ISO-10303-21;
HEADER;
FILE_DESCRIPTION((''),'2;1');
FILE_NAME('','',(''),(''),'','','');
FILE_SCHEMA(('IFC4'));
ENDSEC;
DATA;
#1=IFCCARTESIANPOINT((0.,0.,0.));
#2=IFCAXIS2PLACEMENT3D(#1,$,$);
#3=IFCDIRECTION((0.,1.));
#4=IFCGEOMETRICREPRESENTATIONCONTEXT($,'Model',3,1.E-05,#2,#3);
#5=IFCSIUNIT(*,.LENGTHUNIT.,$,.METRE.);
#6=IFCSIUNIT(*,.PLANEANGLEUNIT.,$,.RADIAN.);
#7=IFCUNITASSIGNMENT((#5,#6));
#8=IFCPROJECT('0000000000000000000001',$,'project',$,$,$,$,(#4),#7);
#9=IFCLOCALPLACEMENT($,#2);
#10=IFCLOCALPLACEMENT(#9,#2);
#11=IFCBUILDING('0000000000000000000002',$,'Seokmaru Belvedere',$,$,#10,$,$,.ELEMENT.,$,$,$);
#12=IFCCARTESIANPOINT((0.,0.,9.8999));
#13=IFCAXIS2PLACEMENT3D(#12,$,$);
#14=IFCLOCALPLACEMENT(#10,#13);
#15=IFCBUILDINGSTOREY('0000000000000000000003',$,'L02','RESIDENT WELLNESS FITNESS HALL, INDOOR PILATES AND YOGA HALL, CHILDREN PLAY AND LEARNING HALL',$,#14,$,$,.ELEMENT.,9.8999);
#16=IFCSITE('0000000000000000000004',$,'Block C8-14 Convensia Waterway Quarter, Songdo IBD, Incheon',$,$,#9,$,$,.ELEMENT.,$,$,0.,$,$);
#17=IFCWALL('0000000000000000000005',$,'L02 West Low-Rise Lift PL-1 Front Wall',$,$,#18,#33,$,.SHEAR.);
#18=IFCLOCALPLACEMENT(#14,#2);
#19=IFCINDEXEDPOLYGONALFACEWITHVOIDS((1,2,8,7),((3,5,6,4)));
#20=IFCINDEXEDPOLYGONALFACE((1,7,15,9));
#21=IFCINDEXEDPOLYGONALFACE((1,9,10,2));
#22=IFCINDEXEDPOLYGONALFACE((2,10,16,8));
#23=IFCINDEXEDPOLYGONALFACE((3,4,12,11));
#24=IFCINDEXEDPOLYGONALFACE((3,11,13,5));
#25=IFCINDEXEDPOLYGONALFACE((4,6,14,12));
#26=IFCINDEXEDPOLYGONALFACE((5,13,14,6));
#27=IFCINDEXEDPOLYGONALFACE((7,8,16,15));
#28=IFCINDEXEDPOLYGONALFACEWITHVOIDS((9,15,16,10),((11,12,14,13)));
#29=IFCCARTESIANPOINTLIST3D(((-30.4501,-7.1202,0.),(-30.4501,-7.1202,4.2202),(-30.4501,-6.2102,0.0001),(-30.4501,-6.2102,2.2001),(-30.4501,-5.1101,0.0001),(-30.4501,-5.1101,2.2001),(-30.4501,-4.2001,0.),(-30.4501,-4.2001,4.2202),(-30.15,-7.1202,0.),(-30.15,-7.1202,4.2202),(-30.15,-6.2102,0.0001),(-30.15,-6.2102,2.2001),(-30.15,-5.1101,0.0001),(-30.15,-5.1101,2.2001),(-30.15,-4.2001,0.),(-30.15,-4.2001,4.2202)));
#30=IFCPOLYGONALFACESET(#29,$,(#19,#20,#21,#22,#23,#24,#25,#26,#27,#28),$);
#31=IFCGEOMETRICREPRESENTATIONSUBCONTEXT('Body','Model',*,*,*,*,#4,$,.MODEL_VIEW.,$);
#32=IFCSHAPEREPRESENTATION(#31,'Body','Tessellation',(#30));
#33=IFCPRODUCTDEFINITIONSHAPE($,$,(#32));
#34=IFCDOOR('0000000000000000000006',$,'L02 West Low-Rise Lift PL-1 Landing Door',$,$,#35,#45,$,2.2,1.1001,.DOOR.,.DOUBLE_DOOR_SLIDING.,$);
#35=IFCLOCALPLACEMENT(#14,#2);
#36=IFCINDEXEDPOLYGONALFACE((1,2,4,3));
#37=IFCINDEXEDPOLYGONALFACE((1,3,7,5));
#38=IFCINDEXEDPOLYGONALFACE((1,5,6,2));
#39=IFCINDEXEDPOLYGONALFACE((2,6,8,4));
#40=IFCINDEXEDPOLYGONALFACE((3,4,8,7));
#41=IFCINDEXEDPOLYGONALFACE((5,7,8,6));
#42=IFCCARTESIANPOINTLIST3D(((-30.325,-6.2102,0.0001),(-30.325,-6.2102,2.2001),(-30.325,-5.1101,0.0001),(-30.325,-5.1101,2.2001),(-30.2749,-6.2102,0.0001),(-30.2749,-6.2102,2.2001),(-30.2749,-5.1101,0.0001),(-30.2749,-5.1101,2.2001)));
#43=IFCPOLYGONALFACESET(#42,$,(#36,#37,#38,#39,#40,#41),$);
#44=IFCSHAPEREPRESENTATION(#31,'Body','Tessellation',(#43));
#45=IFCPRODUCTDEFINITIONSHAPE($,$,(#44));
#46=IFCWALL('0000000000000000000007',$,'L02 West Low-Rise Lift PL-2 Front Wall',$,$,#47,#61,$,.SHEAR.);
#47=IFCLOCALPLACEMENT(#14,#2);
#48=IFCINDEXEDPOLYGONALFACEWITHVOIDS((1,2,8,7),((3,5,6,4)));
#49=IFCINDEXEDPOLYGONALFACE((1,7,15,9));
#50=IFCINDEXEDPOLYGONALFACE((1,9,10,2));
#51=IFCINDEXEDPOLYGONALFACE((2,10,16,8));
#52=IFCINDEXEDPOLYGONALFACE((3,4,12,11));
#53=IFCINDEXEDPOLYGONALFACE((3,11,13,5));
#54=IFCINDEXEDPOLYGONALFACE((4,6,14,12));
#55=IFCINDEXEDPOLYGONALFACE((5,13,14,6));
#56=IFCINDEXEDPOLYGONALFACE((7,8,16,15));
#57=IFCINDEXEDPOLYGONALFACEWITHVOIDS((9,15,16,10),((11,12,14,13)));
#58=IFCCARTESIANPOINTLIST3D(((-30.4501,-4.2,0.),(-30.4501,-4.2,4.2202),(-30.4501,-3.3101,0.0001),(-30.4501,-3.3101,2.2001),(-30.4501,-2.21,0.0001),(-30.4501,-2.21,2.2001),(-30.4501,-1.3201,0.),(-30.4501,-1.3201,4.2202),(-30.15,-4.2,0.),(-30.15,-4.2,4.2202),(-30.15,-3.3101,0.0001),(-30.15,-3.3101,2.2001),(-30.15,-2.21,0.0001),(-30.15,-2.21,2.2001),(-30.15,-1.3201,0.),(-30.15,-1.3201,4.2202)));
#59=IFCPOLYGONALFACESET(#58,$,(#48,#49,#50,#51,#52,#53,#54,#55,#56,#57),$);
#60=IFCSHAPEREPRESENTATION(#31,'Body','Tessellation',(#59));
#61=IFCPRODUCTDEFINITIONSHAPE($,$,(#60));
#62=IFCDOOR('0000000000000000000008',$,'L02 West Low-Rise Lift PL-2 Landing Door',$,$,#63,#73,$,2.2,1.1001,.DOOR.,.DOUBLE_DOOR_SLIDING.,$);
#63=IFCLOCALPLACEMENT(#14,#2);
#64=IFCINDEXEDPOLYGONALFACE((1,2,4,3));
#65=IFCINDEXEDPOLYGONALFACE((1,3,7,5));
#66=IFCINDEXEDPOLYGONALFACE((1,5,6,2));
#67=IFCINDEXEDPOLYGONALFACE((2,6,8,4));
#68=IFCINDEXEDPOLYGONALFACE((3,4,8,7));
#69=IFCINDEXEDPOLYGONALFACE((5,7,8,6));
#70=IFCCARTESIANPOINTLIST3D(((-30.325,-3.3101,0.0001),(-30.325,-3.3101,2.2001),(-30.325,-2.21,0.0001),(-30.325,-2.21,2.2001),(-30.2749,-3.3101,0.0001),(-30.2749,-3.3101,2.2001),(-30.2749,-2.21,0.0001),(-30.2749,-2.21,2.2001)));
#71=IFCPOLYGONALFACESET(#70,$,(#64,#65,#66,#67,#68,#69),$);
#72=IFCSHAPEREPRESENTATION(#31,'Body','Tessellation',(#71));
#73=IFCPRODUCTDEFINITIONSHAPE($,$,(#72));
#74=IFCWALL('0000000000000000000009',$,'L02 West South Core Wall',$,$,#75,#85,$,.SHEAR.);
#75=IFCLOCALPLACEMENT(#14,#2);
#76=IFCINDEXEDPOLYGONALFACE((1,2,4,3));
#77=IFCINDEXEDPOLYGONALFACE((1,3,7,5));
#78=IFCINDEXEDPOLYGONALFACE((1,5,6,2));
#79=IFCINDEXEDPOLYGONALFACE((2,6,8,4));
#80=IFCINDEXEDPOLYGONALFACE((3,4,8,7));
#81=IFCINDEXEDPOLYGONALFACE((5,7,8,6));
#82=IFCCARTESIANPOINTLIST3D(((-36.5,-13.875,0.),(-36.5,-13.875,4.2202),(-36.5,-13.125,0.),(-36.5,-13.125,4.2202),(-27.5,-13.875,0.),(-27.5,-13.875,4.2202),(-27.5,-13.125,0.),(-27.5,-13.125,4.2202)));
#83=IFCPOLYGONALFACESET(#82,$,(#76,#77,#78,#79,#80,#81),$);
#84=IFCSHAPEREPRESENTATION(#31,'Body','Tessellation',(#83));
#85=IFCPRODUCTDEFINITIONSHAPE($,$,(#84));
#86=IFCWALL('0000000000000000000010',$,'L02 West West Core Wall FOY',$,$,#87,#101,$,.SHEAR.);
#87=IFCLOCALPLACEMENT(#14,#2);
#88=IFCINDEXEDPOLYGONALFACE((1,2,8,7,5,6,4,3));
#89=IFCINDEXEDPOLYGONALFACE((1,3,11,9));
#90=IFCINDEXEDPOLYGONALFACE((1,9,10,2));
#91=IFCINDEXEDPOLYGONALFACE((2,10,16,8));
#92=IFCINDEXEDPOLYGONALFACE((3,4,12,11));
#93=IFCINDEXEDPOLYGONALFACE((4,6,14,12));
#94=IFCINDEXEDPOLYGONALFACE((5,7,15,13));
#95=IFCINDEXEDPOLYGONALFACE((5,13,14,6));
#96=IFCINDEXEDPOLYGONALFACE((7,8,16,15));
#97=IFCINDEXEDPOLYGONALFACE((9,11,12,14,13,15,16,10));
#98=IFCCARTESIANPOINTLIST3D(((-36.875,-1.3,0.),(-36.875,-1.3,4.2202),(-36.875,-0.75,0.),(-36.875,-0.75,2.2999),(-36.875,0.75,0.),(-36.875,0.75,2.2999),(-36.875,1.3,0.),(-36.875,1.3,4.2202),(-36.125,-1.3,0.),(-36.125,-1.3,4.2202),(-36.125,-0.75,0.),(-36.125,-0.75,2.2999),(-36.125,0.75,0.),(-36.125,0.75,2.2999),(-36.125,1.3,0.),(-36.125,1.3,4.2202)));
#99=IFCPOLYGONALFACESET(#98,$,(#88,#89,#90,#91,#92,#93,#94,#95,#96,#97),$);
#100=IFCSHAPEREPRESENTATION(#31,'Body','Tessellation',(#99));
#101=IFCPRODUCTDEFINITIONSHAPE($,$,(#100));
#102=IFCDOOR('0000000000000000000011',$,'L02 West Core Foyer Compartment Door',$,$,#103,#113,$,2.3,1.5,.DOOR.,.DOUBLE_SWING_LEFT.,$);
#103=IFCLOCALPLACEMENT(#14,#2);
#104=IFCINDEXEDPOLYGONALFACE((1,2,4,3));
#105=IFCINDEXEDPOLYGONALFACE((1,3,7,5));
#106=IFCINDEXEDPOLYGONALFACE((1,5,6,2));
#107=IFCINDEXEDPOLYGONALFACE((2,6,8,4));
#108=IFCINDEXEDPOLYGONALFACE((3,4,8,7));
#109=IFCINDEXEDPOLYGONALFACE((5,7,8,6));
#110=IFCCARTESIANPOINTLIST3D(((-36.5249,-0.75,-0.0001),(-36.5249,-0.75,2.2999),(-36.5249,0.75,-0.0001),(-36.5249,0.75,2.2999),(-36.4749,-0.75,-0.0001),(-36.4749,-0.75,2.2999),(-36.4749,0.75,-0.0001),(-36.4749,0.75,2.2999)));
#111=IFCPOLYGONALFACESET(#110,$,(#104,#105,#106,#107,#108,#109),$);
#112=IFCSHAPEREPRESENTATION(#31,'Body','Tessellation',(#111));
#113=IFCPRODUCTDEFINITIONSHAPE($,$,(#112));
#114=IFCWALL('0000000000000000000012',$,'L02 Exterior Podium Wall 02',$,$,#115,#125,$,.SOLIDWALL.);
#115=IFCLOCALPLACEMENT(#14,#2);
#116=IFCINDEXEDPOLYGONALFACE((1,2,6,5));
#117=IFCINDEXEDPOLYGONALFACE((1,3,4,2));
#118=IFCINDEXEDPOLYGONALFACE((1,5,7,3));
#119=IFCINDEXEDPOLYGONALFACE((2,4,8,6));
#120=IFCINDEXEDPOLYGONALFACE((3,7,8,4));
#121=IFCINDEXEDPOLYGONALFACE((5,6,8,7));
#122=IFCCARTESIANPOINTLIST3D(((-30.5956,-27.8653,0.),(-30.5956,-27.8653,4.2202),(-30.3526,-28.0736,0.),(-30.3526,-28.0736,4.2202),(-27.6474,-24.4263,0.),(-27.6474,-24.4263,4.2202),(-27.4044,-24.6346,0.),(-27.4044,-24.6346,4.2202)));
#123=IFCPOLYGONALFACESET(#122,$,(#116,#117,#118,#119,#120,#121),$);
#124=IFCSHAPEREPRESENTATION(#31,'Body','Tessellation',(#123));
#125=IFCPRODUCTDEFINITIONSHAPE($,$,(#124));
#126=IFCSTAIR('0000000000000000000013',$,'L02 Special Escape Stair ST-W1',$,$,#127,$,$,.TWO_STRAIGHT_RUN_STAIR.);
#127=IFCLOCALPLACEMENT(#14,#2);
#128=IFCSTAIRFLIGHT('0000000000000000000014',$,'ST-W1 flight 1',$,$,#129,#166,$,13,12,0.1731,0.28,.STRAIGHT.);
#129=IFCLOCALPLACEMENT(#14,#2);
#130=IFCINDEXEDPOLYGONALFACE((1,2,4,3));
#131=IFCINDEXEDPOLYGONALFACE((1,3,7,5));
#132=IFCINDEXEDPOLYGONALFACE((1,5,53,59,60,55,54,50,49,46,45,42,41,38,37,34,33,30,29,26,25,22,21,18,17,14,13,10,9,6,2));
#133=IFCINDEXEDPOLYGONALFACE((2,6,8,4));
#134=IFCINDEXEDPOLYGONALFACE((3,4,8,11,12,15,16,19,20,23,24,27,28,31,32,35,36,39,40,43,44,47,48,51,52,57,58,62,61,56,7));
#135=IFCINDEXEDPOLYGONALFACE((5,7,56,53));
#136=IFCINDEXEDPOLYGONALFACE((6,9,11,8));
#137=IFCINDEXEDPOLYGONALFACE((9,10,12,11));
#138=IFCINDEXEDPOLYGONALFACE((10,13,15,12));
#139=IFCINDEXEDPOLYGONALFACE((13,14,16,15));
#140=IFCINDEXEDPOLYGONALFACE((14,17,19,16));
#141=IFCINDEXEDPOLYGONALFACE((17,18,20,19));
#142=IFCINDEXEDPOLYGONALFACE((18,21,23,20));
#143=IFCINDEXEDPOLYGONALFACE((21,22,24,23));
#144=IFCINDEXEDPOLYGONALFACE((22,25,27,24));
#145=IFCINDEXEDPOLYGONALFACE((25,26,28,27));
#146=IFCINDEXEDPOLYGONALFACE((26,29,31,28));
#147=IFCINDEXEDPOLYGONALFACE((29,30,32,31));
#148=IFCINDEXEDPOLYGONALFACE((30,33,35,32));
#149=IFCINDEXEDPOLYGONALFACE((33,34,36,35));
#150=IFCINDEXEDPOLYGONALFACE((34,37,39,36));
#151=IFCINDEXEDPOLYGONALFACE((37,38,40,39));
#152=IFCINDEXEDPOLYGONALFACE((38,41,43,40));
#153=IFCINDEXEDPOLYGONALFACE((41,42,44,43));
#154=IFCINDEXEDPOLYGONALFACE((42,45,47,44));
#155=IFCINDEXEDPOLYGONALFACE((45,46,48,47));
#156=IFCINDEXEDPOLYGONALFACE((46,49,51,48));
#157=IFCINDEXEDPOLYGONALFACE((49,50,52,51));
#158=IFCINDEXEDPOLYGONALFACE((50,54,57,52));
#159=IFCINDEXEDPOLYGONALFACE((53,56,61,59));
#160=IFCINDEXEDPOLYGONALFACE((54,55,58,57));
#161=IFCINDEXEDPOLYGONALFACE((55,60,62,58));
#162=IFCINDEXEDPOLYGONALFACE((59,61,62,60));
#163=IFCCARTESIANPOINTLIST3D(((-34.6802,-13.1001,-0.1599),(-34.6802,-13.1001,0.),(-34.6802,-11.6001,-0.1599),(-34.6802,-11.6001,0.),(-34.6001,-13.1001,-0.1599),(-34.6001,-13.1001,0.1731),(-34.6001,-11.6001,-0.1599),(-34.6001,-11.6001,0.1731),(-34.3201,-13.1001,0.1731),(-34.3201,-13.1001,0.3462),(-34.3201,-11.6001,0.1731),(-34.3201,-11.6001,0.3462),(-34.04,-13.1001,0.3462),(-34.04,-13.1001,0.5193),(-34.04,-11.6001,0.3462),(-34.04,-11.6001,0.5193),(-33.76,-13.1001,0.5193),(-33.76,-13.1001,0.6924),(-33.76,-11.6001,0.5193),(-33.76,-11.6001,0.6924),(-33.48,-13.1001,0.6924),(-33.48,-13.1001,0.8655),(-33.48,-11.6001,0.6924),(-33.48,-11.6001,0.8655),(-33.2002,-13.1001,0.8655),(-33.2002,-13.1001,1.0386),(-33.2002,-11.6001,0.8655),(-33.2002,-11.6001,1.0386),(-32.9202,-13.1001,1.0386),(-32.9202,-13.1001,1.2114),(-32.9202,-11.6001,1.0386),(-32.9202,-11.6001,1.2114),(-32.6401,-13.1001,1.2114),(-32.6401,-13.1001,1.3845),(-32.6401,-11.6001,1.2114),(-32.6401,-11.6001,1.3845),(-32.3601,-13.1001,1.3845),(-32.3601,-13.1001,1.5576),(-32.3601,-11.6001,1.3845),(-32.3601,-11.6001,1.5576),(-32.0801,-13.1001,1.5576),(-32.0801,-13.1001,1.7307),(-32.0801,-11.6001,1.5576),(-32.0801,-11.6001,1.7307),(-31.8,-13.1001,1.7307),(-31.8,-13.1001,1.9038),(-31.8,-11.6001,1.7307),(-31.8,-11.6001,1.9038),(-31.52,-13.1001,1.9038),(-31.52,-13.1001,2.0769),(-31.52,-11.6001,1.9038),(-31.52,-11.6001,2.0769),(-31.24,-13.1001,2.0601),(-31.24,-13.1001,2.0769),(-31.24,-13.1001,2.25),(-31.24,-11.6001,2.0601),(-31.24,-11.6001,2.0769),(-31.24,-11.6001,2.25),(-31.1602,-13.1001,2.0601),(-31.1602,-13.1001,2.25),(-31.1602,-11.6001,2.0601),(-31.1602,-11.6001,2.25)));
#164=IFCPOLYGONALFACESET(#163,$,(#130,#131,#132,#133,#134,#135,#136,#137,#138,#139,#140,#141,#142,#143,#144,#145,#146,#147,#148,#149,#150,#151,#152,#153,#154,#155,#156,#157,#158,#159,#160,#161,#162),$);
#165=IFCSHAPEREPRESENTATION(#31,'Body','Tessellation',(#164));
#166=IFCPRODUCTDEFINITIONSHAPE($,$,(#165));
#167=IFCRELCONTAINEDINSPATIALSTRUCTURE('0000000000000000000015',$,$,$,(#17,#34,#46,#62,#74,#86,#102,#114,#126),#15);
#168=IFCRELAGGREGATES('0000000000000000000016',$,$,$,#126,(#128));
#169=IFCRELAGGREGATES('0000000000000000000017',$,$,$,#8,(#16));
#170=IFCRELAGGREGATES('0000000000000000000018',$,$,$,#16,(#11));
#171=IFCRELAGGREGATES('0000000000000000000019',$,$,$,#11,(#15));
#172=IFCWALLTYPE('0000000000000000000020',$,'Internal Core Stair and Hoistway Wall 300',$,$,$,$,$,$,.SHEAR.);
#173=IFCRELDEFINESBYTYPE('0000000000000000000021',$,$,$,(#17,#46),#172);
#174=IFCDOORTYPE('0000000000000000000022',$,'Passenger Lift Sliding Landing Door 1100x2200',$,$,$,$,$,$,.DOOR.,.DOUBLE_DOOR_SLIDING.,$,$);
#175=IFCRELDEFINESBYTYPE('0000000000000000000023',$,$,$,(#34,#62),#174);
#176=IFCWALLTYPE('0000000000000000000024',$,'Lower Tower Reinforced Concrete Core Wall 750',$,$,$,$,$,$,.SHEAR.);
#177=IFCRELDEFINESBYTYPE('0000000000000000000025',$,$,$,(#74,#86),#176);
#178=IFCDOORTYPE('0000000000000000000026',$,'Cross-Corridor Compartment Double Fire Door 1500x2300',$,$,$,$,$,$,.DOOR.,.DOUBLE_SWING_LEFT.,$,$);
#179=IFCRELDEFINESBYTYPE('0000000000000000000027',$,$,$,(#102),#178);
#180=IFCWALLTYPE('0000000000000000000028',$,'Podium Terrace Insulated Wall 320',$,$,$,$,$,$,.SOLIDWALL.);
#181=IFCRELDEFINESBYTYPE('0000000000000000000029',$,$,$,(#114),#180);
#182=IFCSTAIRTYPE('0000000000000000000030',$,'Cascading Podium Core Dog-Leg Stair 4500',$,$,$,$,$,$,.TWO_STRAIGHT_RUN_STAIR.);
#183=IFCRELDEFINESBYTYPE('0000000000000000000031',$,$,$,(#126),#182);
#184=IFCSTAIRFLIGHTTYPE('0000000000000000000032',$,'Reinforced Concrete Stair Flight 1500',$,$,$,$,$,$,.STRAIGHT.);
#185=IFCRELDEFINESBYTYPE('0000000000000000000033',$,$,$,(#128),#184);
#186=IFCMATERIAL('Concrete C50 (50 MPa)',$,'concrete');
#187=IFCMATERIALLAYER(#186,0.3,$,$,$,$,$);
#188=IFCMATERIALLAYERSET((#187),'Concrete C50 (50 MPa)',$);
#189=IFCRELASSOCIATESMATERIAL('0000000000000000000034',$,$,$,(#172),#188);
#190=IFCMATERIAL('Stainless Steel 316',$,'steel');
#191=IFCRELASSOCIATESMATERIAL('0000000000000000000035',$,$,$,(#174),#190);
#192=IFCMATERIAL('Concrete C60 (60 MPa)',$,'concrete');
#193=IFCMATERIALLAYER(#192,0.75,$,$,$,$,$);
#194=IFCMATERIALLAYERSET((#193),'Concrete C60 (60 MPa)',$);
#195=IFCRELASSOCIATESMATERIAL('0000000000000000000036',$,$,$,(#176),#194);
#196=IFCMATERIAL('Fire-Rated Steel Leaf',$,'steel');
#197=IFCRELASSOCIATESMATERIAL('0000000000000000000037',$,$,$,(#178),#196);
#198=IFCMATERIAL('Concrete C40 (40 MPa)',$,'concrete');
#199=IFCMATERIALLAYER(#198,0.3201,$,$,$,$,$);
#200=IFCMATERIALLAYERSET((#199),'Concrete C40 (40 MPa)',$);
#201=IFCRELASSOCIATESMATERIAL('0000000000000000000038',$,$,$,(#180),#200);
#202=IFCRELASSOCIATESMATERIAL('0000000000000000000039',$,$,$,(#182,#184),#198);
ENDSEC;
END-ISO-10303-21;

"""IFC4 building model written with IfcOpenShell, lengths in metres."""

from ifc_helpers import new_model, si_unit, direction, frame, frame_2d, origin, place, context, subcontext, project, spatial, polyline, rectangle, outline, extrude, source, transform, mapped, material, layer, layer_set, type_object, type_shapes, element, fill, aggregate, save


model = new_model("IFC4")

# Units and contexts
model_context = context("Model", 3, precision=1e-05, world=origin(), true_north=direction((0.0, 1.0)))
body_context = subcontext(model_context, "Body", "Model", "MODEL_VIEW")
ifc_project = project(units=[si_unit("LENGTHUNIT", "METRE"), si_unit("PLANEANGLEUNIT", "RADIAN")], contexts=[model_context])

# Site, building, storey
site_placement = place(None, origin())
site = spatial("IfcSite", under=ifc_project, at=site_placement, Name="Block C8-14 Convensia Waterway Quarter, Songdo IBD, Incheon", CompositionType="ELEMENT", RefElevation=0.0)
building_placement = place(site_placement, origin())
building = spatial("IfcBuilding", under=site, at=building_placement, Name="Seokmaru Belvedere", CompositionType="ELEMENT")
storey_placement = place(building_placement, frame((0.0, 0.0, 9.8999)))
storey = spatial("IfcBuildingStorey", under=building, at=storey_placement, Name="L02", Description="RESIDENT WELLNESS FITNESS HALL, INDOOR PILATES AND YOGA HALL, CHILDREN PLAY AND LEARNING HALL", CompositionType="ELEMENT", Elevation=9.8999)

# Shared definitions
ifc_material_1 = material(Name="Concrete C50 (50 MPa)", Category="concrete")

# Walls, openings, doors
ifc_layer_1 = layer(ifc_material_1, 0.3)
ifc_layer_set_1 = layer_set([ifc_layer_1], Name="Concrete C50 (50 MPa)")
wall_type_1 = type_object("IfcWallType", Name="Internal Core Stair and Hoistway Wall 300", PredefinedType="SHEAR", material=ifc_layer_set_1)
ifc_material_2 = material(Name="Fire-Rated Steel Leaf", Category="steel")
ifc_material_3 = material(Name="Stainless Steel 316", Category="steel")
wall_1_placement = place(storey_placement, frame((-30.3, -7.1201, 0.0), z_axis=(0.0, 0.0, 1.0), x_axis=(0.0, 1.0, 0.0)))
wall_1 = element("IfcWall", 1, at=wall_1_placement, inside=storey, type_object=wall_type_1, Name="L02 West Low-Rise Lift PL-1 Front Wall", PredefinedType="SHEAR", context=body_context, shape_type="SweptSolid", body=[
    extrude(rectangle(XDim=2.9202, YDim=0.3, at=frame_2d((1.46, 0.0))), origin(), (0.0, 0.0, 1.0), 4.2202),
])
opening_1_placement = place(wall_1_placement, frame((0.9099, 0.0, 0.0)))
opening_1 = element("IfcOpeningElement", 2, at=opening_1_placement, cuts=wall_1, PredefinedType="OPENING", context=body_context, shape_type="SweptSolid", body=[
    extrude(rectangle(XDim=1.1001, YDim=2.2, at=frame_2d((0.55, 1.1001))), frame((0.0, 0.1602, 0.0), z_axis=(0.0, -1.0, 0.0), x_axis=(1.0, 0.0, 0.0)), (0.0, 0.0, 1.0), 0.3201),
])
door_type_1 = type_object("IfcDoorType", Name="Passenger Lift Sliding Landing Door 1100x2200", OperationType="DOUBLE_DOOR_SLIDING", PredefinedType="DOOR", material=ifc_material_3)
shared_shape_1 = source(origin(), body_context, "Body", "SweptSolid", [
    extrude(rectangle(XDim=1.1001, YDim=2.2, at=frame_2d((0.55, 1.1001))), frame((0.0, 0.0249, 0.0), z_axis=(0.0, -1.0, 0.0), x_axis=(1.0, 0.0, 0.0)), (0.0, 0.0, 1.0), 0.05),
])
type_shapes(door_type_1, [shared_shape_1])
door_1_placement = place(opening_1_placement, origin())
door_1 = element("IfcDoor", 3, at=door_1_placement, inside=storey, type_object=door_type_1, Name="L02 West Low-Rise Lift PL-1 Landing Door", OperationType="DOUBLE_DOOR_SLIDING", OverallHeight=2.2, OverallWidth=1.1001, PredefinedType="DOOR", context=body_context, shape_type="MappedRepresentation", body=[
    mapped(shared_shape_1, transform((0.0, 0.0, 0.0), scale=1.0)),
])
fill(opening_1, door_1)
wall_2_placement = place(storey_placement, frame((-30.3, -4.2, 0.0), z_axis=(0.0, 0.0, 1.0), x_axis=(0.0, 1.0, 0.0)))
wall_2 = element("IfcWall", 4, at=wall_2_placement, inside=storey, type_object=wall_type_1, Name="L02 West Low-Rise Lift PL-2 Front Wall", PredefinedType="SHEAR", context=body_context, shape_type="SweptSolid", body=[
    extrude(rectangle(XDim=2.8799, YDim=0.3, at=frame_2d((1.4399, 0.0))), origin(), (0.0, 0.0, 1.0), 4.2202),
])
opening_2_placement = place(wall_2_placement, frame((0.8899, 0.0, 0.0)))
opening_2 = element("IfcOpeningElement", 5, at=opening_2_placement, cuts=wall_2, PredefinedType="OPENING", context=body_context, shape_type="SweptSolid", body=[
    extrude(rectangle(XDim=1.1001, YDim=2.2, at=frame_2d((0.55, 1.1001))), frame((0.0, 0.1602, 0.0), z_axis=(0.0, -1.0, 0.0), x_axis=(1.0, 0.0, 0.0)), (0.0, 0.0, 1.0), 0.3201),
])
door_2_placement = place(opening_2_placement, origin())
door_2 = element("IfcDoor", 6, at=door_2_placement, inside=storey, type_object=door_type_1, Name="L02 West Low-Rise Lift PL-2 Landing Door", OperationType="DOUBLE_DOOR_SLIDING", OverallHeight=2.2, OverallWidth=1.1001, PredefinedType="DOOR", context=body_context, shape_type="MappedRepresentation", body=[
    mapped(shared_shape_1, transform((0.0, 0.0, 0.0), scale=1.0)),
])
fill(opening_2, door_2)

# Wall
ifc_material_4 = material(Name="Concrete C60 (60 MPa)", Category="concrete")
ifc_layer_2 = layer(ifc_material_4, 0.75)
ifc_layer_set_2 = layer_set([ifc_layer_2], Name="Concrete C60 (60 MPa)")
wall_type_2 = type_object("IfcWallType", Name="Lower Tower Reinforced Concrete Core Wall 750", PredefinedType="SHEAR", material=ifc_layer_set_2)
wall_3_placement = place(storey_placement, frame((-36.5, -13.5, 0.0), z_axis=(0.0, 0.0, 1.0), x_axis=(1.0, 0.0, 0.0)))
element("IfcWall", 7, at=wall_3_placement, inside=storey, type_object=wall_type_2, Name="L02 West South Core Wall", PredefinedType="SHEAR", context=body_context, shape_type="SweptSolid", body=[
    extrude(rectangle(XDim=9.0, YDim=0.75, at=frame_2d((4.5, 0.0))), origin(), (0.0, 0.0, 1.0), 4.2202),
])

# Wall, opening, door
wall_4_placement = place(storey_placement, frame((-36.5, -1.3, 0.0), z_axis=(0.0, 0.0, 1.0), x_axis=(0.0, 1.0, 0.0)))
wall_4 = element("IfcWall", 8, at=wall_4_placement, inside=storey, type_object=wall_type_2, Name="L02 West West Core Wall FOY", PredefinedType="SHEAR", context=body_context, shape_type="SweptSolid", body=[
    extrude(rectangle(XDim=2.6001, YDim=0.75, at=frame_2d((1.3, 0.0))), origin(), (0.0, 0.0, 1.0), 4.2202),
])
opening_3_placement = place(wall_4_placement, frame((0.55, 0.0, 0.0)))
opening_3 = element("IfcOpeningElement", 9, at=opening_3_placement, cuts=wall_4, PredefinedType="OPENING", context=body_context, shape_type="SweptSolid", body=[
    extrude(rectangle(XDim=1.5, YDim=2.3, at=frame_2d((0.75, 1.1499))), frame((0.0, 0.385, 0.0), z_axis=(0.0, -1.0, 0.0), x_axis=(1.0, 0.0, 0.0)), (0.0, 0.0, 1.0), 0.77),
])
door_type_2 = type_object("IfcDoorType", Name="Cross-Corridor Compartment Double Fire Door 1500x2300", OperationType="DOUBLE_SWING_LEFT", PredefinedType="DOOR", material=ifc_material_2)
shared_shape_2 = source(origin(), body_context, "Body", "SweptSolid", [
    extrude(rectangle(XDim=1.5, YDim=2.3, at=frame_2d((0.75, 1.1499))), frame((0.0, 0.0249, 0.0), z_axis=(0.0, -1.0, 0.0), x_axis=(1.0, 0.0, 0.0)), (0.0, 0.0, 1.0), 0.05),
])
type_shapes(door_type_2, [shared_shape_2])
door_3_placement = place(opening_3_placement, origin())
door_3 = element("IfcDoor", 10, at=door_3_placement, inside=storey, type_object=door_type_2, Name="L02 West Core Foyer Compartment Door", OperationType="DOUBLE_SWING_LEFT", OverallHeight=2.3, OverallWidth=1.5, PredefinedType="DOOR", context=body_context, shape_type="MappedRepresentation", body=[
    mapped(shared_shape_2, transform((0.0, 0.0, 0.0), scale=1.0)),
])
fill(opening_3, door_3)

# Wall
ifc_material_5 = material(Name="Concrete C40 (40 MPa)", Category="concrete")
ifc_layer_3 = layer(ifc_material_5, 0.3201)
ifc_layer_set_3 = layer_set([ifc_layer_3], Name="Concrete C40 (40 MPa)")
wall_type_3 = type_object("IfcWallType", Name="Podium Terrace Insulated Wall 320", PredefinedType="SOLIDWALL", material=ifc_layer_set_3)
wall_5_placement = place(storey_placement, frame((-30.4741, -27.9695, 0.0), z_axis=(0.0, 0.0, 1.0), x_axis=(0.650862, 0.759196, 0.0)))
element("IfcWall", 11, at=wall_5_placement, inside=storey, type_object=wall_type_3, Name="L02 Exterior Podium Wall 02", PredefinedType="SOLIDWALL", context=body_context, shape_type="SweptSolid", body=[
    extrude(rectangle(XDim=4.5298, YDim=0.3201, at=frame_2d((2.2649, 0.0))), origin(), (0.0, 0.0, 1.0), 4.2202),
])

# Stair, stair flight
stair_type = type_object("IfcStairType", Name="Cascading Podium Core Dog-Leg Stair 4500", PredefinedType="TWO_STRAIGHT_RUN_STAIR", material=ifc_material_5)
stair_placement = place(storey_placement, origin())
stair = element("IfcStair", 12, at=stair_placement, inside=storey, type_object=stair_type, Name="L02 Special Escape Stair ST-W1", PredefinedType="TWO_STRAIGHT_RUN_STAIR")
stair_flight_type = type_object("IfcStairFlightType", Name="Reinforced Concrete Stair Flight 1500", PredefinedType="STRAIGHT", material=ifc_material_5)
stair_flight_1_placement = place(storey_placement, frame((-34.6001, -12.3501, 0.0), z_axis=(0.0, 0.0, 1.0), x_axis=(1.0, 0.0, 0.0)))
stair_flight_1 = element("IfcStairFlight", 13, at=stair_flight_1_placement, type_object=stair_flight_type, Name="ST-W1 flight 1", NumberOfRisers=13, NumberOfTreads=12, PredefinedType="STRAIGHT", RiserHeight=0.1731, TreadLength=0.28, context=body_context, shape_type="SweptSolid", body=[
    extrude(outline(polyline([(-0.0801, 0.0), (0.0, 0.1731), (0.28, 0.1731), (0.28, 0.3462), (0.5601, 0.3462), (0.5601, 0.5193), (0.8401, 0.5193), (0.8401, 0.6924), (1.1201, 0.6924), (1.1201, 0.8655), (1.3999, 0.8655), (1.3999, 1.0386), (1.6799, 1.0386), (1.6799, 1.2114), (1.96, 1.2114), (1.96, 1.3845), (2.24, 1.3845), (2.24, 1.5576), (2.52, 1.5576), (2.52, 1.7307), (2.8, 1.7307), (2.8, 1.9038), (3.0801, 1.9038), (3.0801, 2.0769), (3.3601, 2.0769), (3.3601, 2.25), (3.4399, 2.25), (3.4399, 2.0601), (3.3601, 2.0601), (0.0, -0.1599), (-0.0801, -0.1599), (-0.0801, 0.0)])), frame((0.0, 0.75, 0.0), z_axis=(0.0, -1.0, 0.0), x_axis=(1.0, 0.0, 0.0)), (0.0, 0.0, 1.0), 1.5),
])
aggregate(stair, [stair_flight_1])

save(model, "model.ifc")
